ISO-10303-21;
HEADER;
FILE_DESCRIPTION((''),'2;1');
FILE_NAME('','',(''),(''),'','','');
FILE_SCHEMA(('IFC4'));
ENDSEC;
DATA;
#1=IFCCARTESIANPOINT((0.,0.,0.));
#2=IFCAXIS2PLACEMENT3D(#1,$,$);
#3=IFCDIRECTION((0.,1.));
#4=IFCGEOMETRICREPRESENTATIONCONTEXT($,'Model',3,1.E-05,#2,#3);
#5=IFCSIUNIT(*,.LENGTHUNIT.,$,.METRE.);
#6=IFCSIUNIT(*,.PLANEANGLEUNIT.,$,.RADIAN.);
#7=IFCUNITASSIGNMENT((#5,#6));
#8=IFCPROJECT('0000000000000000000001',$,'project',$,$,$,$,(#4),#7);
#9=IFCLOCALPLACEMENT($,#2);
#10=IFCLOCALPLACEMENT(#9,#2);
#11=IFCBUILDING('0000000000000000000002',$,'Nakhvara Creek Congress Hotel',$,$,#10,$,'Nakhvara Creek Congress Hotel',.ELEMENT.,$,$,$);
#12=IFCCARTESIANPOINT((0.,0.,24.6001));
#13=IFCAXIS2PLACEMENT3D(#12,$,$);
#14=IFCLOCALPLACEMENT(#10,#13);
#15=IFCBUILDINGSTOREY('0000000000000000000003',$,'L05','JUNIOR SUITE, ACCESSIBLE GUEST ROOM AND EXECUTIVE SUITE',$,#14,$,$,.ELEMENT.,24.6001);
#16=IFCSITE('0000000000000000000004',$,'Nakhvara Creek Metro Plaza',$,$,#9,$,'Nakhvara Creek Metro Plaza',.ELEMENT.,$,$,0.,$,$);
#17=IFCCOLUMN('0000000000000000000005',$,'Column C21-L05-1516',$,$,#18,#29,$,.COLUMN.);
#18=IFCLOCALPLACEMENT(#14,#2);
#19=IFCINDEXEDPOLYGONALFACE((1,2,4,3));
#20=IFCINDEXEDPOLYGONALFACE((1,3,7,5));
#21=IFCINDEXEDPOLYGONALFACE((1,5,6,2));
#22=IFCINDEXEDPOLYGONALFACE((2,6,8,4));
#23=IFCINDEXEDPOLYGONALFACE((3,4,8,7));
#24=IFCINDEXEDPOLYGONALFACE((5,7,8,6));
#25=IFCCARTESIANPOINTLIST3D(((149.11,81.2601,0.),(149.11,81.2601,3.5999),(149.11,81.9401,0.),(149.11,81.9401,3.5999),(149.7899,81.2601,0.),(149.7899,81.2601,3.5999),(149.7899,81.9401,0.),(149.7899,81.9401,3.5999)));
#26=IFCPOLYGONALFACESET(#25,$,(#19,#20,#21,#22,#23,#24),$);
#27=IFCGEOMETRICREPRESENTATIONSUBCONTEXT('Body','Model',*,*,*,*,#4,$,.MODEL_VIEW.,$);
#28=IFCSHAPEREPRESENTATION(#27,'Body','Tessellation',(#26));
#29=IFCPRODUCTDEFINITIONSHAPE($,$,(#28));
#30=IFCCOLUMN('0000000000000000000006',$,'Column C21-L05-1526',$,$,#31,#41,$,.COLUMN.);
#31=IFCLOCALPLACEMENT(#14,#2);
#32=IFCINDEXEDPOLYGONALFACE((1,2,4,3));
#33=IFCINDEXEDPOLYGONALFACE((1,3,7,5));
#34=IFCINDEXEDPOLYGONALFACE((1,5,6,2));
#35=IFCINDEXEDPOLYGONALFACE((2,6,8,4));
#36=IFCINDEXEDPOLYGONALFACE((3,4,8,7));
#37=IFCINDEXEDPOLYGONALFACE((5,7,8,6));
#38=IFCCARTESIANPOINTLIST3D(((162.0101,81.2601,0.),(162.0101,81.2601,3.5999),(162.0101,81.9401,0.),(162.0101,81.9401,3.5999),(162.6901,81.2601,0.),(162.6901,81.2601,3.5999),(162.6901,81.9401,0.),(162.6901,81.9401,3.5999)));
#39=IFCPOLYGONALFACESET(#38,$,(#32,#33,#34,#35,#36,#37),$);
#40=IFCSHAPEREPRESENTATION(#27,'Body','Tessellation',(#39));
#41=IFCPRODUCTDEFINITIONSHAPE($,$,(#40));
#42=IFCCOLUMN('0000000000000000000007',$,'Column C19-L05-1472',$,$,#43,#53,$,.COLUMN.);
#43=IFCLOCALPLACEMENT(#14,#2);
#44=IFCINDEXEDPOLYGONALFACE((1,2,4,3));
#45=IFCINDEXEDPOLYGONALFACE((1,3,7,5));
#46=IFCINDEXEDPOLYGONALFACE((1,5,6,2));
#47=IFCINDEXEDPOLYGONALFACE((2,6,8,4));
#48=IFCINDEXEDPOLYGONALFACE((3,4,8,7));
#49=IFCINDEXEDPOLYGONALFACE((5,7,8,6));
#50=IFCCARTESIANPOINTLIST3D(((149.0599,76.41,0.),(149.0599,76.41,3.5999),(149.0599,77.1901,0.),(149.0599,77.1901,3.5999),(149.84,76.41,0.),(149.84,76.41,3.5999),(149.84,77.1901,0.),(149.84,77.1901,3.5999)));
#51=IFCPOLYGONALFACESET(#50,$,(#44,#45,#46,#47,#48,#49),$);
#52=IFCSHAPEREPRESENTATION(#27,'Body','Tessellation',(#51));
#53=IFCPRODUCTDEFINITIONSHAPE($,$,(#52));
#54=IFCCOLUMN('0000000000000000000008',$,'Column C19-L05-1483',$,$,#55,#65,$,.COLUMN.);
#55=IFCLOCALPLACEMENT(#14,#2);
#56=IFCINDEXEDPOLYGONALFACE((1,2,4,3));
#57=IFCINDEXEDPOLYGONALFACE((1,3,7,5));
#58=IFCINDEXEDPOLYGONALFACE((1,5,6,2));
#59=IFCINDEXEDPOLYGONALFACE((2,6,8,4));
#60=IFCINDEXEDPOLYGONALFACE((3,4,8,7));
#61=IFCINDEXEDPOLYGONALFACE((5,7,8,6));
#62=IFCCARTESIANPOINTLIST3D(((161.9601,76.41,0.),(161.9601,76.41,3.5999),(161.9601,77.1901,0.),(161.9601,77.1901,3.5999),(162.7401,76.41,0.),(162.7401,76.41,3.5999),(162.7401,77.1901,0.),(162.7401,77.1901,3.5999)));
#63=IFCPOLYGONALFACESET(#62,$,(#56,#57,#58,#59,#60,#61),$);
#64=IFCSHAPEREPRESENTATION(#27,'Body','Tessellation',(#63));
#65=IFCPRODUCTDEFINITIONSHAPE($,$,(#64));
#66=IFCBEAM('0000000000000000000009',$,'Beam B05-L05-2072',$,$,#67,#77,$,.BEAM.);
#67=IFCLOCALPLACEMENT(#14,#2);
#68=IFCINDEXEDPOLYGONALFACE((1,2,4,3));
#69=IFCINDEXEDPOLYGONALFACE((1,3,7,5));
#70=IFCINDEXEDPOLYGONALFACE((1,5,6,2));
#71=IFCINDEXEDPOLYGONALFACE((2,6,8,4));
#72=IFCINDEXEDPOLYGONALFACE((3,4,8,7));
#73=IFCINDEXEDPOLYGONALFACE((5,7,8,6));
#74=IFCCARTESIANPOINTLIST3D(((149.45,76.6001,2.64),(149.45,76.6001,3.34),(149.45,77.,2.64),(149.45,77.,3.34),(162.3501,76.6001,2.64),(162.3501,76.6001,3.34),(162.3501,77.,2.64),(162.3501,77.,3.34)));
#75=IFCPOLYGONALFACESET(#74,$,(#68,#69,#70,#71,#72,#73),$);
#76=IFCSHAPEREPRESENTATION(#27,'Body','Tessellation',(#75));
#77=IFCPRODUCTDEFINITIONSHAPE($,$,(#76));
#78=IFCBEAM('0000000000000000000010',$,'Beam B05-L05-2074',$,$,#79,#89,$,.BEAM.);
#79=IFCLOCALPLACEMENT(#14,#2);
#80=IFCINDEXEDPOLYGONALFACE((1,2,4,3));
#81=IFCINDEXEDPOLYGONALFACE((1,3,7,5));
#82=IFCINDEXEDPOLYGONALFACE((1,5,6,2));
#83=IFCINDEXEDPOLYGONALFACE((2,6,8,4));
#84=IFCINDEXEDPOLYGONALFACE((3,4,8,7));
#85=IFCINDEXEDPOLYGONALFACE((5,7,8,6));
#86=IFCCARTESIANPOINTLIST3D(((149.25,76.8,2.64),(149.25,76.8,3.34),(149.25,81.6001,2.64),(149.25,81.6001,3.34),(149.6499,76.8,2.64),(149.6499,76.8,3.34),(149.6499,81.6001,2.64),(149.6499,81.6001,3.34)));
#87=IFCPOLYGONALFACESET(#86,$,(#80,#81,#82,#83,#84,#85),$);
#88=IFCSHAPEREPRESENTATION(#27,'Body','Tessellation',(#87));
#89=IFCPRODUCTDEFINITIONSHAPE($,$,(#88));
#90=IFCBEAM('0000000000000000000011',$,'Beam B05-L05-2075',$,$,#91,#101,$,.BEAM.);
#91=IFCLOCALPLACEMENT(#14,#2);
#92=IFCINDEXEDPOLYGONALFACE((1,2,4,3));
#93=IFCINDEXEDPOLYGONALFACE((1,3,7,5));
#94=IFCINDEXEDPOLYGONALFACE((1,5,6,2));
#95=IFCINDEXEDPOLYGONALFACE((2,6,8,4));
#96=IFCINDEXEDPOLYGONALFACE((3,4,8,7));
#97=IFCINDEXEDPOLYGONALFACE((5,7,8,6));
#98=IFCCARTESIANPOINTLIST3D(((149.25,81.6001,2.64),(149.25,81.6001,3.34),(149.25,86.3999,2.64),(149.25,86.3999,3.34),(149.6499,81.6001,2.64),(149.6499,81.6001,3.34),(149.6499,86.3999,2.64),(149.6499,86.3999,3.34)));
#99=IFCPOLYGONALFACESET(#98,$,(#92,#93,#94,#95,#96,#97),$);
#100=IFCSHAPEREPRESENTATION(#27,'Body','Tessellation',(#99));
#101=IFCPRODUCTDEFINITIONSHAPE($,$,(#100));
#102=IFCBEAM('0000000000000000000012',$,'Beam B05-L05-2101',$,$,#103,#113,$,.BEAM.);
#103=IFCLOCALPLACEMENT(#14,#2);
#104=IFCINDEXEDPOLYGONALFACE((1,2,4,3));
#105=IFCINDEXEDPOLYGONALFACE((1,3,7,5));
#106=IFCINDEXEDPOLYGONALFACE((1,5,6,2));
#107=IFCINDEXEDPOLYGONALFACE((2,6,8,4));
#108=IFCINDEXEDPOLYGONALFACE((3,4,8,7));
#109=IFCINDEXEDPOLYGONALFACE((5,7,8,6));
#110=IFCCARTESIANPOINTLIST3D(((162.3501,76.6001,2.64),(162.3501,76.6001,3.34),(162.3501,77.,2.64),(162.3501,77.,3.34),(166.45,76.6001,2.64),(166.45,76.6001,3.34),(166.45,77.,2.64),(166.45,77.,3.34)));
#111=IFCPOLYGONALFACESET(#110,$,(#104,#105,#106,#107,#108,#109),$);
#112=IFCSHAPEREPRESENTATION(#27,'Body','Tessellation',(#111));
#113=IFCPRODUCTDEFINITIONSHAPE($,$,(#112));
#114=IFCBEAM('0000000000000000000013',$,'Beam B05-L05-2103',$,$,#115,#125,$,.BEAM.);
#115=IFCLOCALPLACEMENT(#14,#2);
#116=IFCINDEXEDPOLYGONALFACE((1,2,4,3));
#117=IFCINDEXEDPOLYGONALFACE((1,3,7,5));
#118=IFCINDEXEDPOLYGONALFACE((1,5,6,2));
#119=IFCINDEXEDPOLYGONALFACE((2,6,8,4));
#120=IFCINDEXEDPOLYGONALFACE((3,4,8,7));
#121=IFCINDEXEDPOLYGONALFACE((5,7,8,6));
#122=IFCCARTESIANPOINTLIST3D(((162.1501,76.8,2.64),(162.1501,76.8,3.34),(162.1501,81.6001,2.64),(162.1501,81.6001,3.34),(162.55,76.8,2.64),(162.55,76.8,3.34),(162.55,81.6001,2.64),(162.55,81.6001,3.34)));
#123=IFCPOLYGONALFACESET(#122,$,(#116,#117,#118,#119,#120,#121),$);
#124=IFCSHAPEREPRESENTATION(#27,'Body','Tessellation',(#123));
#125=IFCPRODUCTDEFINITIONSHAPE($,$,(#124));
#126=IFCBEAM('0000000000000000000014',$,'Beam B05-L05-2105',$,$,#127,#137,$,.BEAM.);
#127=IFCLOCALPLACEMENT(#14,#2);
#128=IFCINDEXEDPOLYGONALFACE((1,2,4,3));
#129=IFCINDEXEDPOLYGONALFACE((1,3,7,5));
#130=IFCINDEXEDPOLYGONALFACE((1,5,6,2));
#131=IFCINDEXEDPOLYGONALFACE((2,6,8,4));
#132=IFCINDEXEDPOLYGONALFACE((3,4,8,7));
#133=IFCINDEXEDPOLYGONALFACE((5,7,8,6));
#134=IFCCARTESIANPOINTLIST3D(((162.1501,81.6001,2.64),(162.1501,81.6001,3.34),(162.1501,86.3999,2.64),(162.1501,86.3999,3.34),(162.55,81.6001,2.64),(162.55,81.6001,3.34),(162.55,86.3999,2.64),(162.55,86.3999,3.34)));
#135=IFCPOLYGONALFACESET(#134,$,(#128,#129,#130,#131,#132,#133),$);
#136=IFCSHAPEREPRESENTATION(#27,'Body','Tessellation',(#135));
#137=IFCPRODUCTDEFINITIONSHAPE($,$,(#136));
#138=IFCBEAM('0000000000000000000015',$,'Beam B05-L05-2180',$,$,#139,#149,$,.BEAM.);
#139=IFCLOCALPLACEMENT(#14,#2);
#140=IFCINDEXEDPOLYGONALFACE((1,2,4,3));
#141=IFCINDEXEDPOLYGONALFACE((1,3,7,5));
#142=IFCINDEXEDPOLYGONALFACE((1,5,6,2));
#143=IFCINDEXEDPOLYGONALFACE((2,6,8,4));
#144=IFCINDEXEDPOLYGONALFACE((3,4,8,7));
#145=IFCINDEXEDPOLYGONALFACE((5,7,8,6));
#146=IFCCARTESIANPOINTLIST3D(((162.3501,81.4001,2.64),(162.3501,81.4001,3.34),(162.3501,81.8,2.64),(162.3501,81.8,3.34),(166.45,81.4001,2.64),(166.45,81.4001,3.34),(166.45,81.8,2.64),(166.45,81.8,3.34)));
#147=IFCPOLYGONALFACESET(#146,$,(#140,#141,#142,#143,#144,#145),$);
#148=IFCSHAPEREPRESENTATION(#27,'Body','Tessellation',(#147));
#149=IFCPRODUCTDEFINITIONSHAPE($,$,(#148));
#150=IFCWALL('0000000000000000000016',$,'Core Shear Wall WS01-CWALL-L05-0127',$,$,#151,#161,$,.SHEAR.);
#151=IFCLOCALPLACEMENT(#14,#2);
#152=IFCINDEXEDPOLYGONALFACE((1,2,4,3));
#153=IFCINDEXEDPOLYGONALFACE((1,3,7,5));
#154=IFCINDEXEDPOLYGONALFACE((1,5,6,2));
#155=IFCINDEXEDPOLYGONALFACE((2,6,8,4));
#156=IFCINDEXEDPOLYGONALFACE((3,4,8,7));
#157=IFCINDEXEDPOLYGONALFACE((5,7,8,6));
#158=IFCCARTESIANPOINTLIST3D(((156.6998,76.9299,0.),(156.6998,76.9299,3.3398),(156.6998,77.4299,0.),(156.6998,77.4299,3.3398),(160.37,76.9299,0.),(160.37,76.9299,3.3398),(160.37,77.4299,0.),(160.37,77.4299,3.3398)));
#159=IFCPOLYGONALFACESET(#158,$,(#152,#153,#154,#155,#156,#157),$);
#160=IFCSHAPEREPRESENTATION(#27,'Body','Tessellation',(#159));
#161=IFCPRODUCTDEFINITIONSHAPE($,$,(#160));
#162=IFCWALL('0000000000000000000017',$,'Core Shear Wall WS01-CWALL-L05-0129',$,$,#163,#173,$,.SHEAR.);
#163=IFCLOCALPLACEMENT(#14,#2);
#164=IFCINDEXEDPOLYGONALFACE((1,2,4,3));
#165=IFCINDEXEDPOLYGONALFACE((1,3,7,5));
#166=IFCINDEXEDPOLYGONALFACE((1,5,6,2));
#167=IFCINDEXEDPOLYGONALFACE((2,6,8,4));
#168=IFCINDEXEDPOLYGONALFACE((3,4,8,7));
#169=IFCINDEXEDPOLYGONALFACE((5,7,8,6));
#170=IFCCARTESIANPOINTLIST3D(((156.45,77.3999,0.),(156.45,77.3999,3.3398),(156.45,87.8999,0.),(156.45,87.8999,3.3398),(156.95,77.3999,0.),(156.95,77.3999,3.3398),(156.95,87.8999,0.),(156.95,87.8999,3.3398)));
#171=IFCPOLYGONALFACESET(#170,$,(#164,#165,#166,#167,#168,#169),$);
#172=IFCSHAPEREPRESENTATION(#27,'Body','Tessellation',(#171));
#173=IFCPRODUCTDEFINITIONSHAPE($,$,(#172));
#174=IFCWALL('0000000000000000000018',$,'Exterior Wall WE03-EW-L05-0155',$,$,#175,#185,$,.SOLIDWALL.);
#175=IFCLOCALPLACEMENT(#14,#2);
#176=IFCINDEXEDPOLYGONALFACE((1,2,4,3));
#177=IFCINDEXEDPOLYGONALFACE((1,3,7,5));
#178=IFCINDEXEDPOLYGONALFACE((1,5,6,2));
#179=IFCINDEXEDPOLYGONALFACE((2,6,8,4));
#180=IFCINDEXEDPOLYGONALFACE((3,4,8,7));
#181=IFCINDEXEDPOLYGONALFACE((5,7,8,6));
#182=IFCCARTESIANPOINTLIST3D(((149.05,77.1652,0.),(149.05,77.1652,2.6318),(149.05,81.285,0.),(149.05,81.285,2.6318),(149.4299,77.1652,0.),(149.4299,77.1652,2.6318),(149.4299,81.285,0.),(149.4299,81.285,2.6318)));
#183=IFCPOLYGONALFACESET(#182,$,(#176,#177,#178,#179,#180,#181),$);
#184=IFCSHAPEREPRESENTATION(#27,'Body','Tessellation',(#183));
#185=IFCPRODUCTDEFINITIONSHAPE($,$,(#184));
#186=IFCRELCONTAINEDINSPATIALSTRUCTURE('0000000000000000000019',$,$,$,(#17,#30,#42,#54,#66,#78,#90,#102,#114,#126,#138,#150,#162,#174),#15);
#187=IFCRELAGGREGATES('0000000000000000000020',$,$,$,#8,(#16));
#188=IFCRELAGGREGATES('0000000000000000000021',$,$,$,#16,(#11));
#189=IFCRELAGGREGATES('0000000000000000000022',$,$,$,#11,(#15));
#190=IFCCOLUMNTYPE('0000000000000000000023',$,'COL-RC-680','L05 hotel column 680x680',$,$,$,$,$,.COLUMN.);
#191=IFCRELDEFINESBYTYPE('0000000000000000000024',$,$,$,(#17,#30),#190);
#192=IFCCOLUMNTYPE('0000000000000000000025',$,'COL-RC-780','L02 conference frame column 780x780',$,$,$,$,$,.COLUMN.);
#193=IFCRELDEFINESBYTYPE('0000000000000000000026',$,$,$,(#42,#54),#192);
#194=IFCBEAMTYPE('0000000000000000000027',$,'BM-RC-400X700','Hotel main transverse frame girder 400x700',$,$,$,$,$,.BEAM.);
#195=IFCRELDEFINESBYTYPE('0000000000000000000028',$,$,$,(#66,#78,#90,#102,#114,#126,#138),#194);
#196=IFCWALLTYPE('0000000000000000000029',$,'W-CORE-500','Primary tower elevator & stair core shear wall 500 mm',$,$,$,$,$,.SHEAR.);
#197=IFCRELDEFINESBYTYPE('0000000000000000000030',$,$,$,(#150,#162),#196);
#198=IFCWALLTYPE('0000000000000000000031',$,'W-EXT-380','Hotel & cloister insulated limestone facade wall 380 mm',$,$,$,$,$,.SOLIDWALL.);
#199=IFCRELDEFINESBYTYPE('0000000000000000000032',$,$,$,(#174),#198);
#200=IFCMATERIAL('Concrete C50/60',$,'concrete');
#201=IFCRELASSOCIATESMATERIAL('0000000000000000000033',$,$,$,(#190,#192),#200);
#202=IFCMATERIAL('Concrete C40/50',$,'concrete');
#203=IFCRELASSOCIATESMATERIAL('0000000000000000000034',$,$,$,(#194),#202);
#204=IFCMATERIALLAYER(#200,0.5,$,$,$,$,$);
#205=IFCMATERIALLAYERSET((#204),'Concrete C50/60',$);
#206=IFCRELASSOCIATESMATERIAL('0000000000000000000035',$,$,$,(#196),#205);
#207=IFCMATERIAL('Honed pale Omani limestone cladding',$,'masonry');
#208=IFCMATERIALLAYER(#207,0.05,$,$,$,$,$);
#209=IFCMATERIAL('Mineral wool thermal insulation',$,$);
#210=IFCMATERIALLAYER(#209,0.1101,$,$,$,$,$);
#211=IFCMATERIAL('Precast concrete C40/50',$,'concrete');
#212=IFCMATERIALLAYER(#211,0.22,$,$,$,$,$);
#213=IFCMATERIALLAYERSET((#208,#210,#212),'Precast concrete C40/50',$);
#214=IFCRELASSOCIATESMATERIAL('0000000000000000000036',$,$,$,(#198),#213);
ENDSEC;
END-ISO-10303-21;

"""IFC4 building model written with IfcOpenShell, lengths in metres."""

from ifc_helpers import new_model, si_unit, direction, frame, frame_2d, origin, origin_2d, place, context, subcontext, project, spatial, rectangle, extrude, material, layer, layer_set, material_profile, profile_set, type_object, element, save


model = new_model("IFC4")

# Units and contexts
model_context = context("Model", 3, precision=1e-05, world=origin(), true_north=direction((0.0, 1.0)))
body_context = subcontext(model_context, "Body", "Model", "MODEL_VIEW")
ifc_project = project(units=[si_unit("LENGTHUNIT", "METRE"), si_unit("PLANEANGLEUNIT", "RADIAN")], contexts=[model_context])

# Site, building, storey
site_placement = place(None, origin())
site = spatial("IfcSite", under=ifc_project, at=site_placement, Name="Nakhvara Creek Metro Plaza", LongName="Nakhvara Creek Metro Plaza", CompositionType="ELEMENT", RefElevation=0.0)
building_placement = place(site_placement, origin())
building = spatial("IfcBuilding", under=site, at=building_placement, Name="Nakhvara Creek Congress Hotel", LongName="Nakhvara Creek Congress Hotel", CompositionType="ELEMENT")
storey_placement = place(building_placement, frame((0.0, 0.0, 24.6001)))
storey = spatial("IfcBuildingStorey", under=building, at=storey_placement, Name="L05", Description="JUNIOR SUITE, ACCESSIBLE GUEST ROOM AND EXECUTIVE SUITE", CompositionType="ELEMENT", Elevation=24.6001)

# Columns
ifc_material_1 = material(Name="Concrete C50/60", Category="concrete")
ifc_material_profile_1 = material_profile(ifc_material_1, rectangle(XDim=0.6799, YDim=0.6799, at=origin_2d()), Name="RC-COL 680x680", Category="LoadBearing")
ifc_profile_set_1 = profile_set([ifc_material_profile_1], Name="Concrete C50/60")
column_type_1 = type_object("IfcColumnType", Name="COL-RC-680", Description="L05 hotel column 680x680", PredefinedType="COLUMN", material=ifc_profile_set_1)
for number, where, z_axis, x_axis, name in (
    (1, (149.45, 81.6001, 0.0), (0.0, 0.0, 1.0), (1.0, 0.0, 0.0), "Column C21-L05-1516"),
    (2, (162.3501, 81.6001, 0.0), (0.0, 0.0, 1.0), (1.0, 0.0, 0.0), "Column C21-L05-1526"),
):
    element("IfcColumn", number, at=place(storey_placement, frame(where, z_axis=z_axis, x_axis=x_axis)), inside=storey, type_object=column_type_1, Name=name, PredefinedType="COLUMN", context=body_context, shape_type="SweptSolid", body=[
        extrude(rectangle(XDim=0.6799, YDim=0.6799, at=origin_2d()), origin(), (0.0, 0.0, 1.0), 3.5999),
    ])
ifc_material_profile_2 = material_profile(ifc_material_1, rectangle(XDim=0.78, YDim=0.78, at=origin_2d()), Name="RC-COL 780x780", Category="LoadBearing")
ifc_profile_set_2 = profile_set([ifc_material_profile_2], Name="Concrete C50/60")
column_type_2 = type_object("IfcColumnType", Name="COL-RC-780", Description="L02 conference frame column 780x780", PredefinedType="COLUMN", material=ifc_profile_set_2)
for number, where, z_axis, x_axis, name in (
    (3, (149.45, 76.8, 0.0), (0.0, 0.0, 1.0), (1.0, 0.0, 0.0), "Column C19-L05-1472"),
    (4, (162.3501, 76.8, 0.0), (0.0, 0.0, 1.0), (1.0, 0.0, 0.0), "Column C19-L05-1483"),
):
    element("IfcColumn", number, at=place(storey_placement, frame(where, z_axis=z_axis, x_axis=x_axis)), inside=storey, type_object=column_type_2, Name=name, PredefinedType="COLUMN", context=body_context, shape_type="SweptSolid", body=[
        extrude(rectangle(XDim=0.78, YDim=0.78, at=origin_2d()), origin(), (0.0, 0.0, 1.0), 3.5999),
    ])

# Beams
ifc_material_2 = material(Name="Concrete C40/50", Category="concrete")
ifc_material_profile_3 = material_profile(ifc_material_2, rectangle(XDim=0.3999, YDim=0.7, at=origin_2d()), Name="RC-BM 400x700", Category="LoadBearing")
ifc_profile_set_3 = profile_set([ifc_material_profile_3], Name="Concrete C40/50")
beam_type = type_object("IfcBeamType", Name="BM-RC-400X700", Description="Hotel main transverse frame girder 400x700", PredefinedType="BEAM", material=ifc_profile_set_3)
beam_1_placement = place(storey_placement, frame((149.45, 76.8, 2.99), z_axis=(1.0, 0.0, 0.0), x_axis=(0.0, 1.0, 0.0)))
element("IfcBeam", 5, at=beam_1_placement, inside=storey, type_object=beam_type, Name="Beam B05-L05-2072", PredefinedType="BEAM", context=body_context, shape_type="SweptSolid", body=[
    extrude(rectangle(XDim=0.3999, YDim=0.7, at=origin_2d()), origin(), (0.0, 0.0, 1.0), 12.9001),
])
beam_2_placement = place(storey_placement, frame((149.45, 76.8, 2.99), z_axis=(0.0, 1.0, 0.0), x_axis=(-1.0, 0.0, 0.0)))
element("IfcBeam", 6, at=beam_2_placement, inside=storey, type_object=beam_type, Name="Beam B05-L05-2074", PredefinedType="BEAM", context=body_context, shape_type="SweptSolid", body=[
    extrude(rectangle(XDim=0.3999, YDim=0.7, at=origin_2d()), origin(), (0.0, 0.0, 1.0), 4.8),
])
beam_3_placement = place(storey_placement, frame((149.45, 81.6001, 2.99), z_axis=(0.0, 1.0, 0.0), x_axis=(-1.0, 0.0, 0.0)))
element("IfcBeam", 7, at=beam_3_placement, inside=storey, type_object=beam_type, Name="Beam B05-L05-2075", PredefinedType="BEAM", context=body_context, shape_type="SweptSolid", body=[
    extrude(rectangle(XDim=0.3999, YDim=0.7, at=origin_2d()), origin(), (0.0, 0.0, 1.0), 4.7998),
])
beam_4_placement = place(storey_placement, frame((162.3501, 76.8, 2.99), z_axis=(1.0, 0.0, 0.0), x_axis=(0.0, 1.0, 0.0)))
element("IfcBeam", 8, at=beam_4_placement, inside=storey, type_object=beam_type, Name="Beam B05-L05-2101", PredefinedType="BEAM", context=body_context, shape_type="SweptSolid", body=[
    extrude(rectangle(XDim=0.3999, YDim=0.7, at=origin_2d()), origin(), (0.0, 0.0, 1.0), 4.0999),
])
beam_5_placement = place(storey_placement, frame((162.3501, 76.8, 2.99), z_axis=(0.0, 1.0, 0.0), x_axis=(-1.0, 0.0, 0.0)))
element("IfcBeam", 9, at=beam_5_placement, inside=storey, type_object=beam_type, Name="Beam B05-L05-2103", PredefinedType="BEAM", context=body_context, shape_type="SweptSolid", body=[
    extrude(rectangle(XDim=0.3999, YDim=0.7, at=origin_2d()), origin(), (0.0, 0.0, 1.0), 4.8),
])
beam_6_placement = place(storey_placement, frame((162.3501, 81.6001, 2.99), z_axis=(0.0, 1.0, 0.0), x_axis=(-1.0, 0.0, 0.0)))
element("IfcBeam", 10, at=beam_6_placement, inside=storey, type_object=beam_type, Name="Beam B05-L05-2105", PredefinedType="BEAM", context=body_context, shape_type="SweptSolid", body=[
    extrude(rectangle(XDim=0.3999, YDim=0.7, at=origin_2d()), origin(), (0.0, 0.0, 1.0), 4.7998),
])
beam_7_placement = place(storey_placement, frame((162.3501, 81.6001, 2.99), z_axis=(1.0, 0.0, 0.0), x_axis=(0.0, 1.0, 0.0)))
element("IfcBeam", 11, at=beam_7_placement, inside=storey, type_object=beam_type, Name="Beam B05-L05-2180", PredefinedType="BEAM", context=body_context, shape_type="SweptSolid", body=[
    extrude(rectangle(XDim=0.3999, YDim=0.7, at=origin_2d()), origin(), (0.0, 0.0, 1.0), 4.0999),
])

# Walls
ifc_layer_1 = layer(ifc_material_1, 0.5)
ifc_layer_set_1 = layer_set([ifc_layer_1], Name="Concrete C50/60")
wall_type_1 = type_object("IfcWallType", Name="W-CORE-500", Description="Primary tower elevator & stair core shear wall 500 mm", PredefinedType="SHEAR", material=ifc_layer_set_1)
wall_1_placement = place(storey_placement, frame((156.7, 77.1799, 0.0), z_axis=(0.0, 0.0, 1.0), x_axis=(1.0, 0.0, 0.0)))
element("IfcWall", 12, at=wall_1_placement, inside=storey, type_object=wall_type_1, Name="Core Shear Wall WS01-CWALL-L05-0127", PredefinedType="SHEAR", context=body_context, shape_type="SweptSolid", body=[
    extrude(rectangle(XDim=3.6702, YDim=0.5, at=frame_2d((1.835, 0.0))), origin(), (0.0, 0.0, 1.0), 3.3398),
])
wall_2_placement = place(storey_placement, frame((156.7, 77.3999, 0.0), z_axis=(0.0, 0.0, 1.0), x_axis=(0.0, 1.0, 0.0)))
element("IfcWall", 13, at=wall_2_placement, inside=storey, type_object=wall_type_1, Name="Core Shear Wall WS01-CWALL-L05-0129", PredefinedType="SHEAR", context=body_context, shape_type="SweptSolid", body=[
    extrude(rectangle(XDim=10.5, YDim=0.5, at=frame_2d((5.25, 0.0))), origin(), (0.0, 0.0, 1.0), 3.3398),
])

# Wall
ifc_material_3 = material(Name="Honed pale Omani limestone cladding", Category="masonry")
ifc_layer_2 = layer(ifc_material_3, 0.05)
ifc_material_4 = material(Name="Mineral wool thermal insulation")
ifc_layer_3 = layer(ifc_material_4, 0.1101)
ifc_material_5 = material(Name="Precast concrete C40/50", Category="concrete")
ifc_layer_4 = layer(ifc_material_5, 0.22)
ifc_layer_set_2 = layer_set([ifc_layer_2, ifc_layer_3, ifc_layer_4], Name="Precast concrete C40/50")
wall_type_2 = type_object("IfcWallType", Name="W-EXT-380", Description="Hotel & cloister insulated limestone facade wall 380 mm", PredefinedType="SOLIDWALL", material=ifc_layer_set_2)
wall_3_placement = place(storey_placement, frame((149.24, 77.165, 0.0), z_axis=(0.0, 0.0, 1.0), x_axis=(0.0, 1.0, 0.0)))
element("IfcWall", 14, at=wall_3_placement, inside=storey, type_object=wall_type_2, Name="Exterior Wall WE03-EW-L05-0155", PredefinedType="SOLIDWALL", context=body_context, shape_type="SweptSolid", body=[
    extrude(rectangle(XDim=4.1199, YDim=0.3799, at=frame_2d((2.0601, 0.0))), origin(), (0.0, 0.0, 1.0), 2.6318),
])

save(model, "model.ifc")
